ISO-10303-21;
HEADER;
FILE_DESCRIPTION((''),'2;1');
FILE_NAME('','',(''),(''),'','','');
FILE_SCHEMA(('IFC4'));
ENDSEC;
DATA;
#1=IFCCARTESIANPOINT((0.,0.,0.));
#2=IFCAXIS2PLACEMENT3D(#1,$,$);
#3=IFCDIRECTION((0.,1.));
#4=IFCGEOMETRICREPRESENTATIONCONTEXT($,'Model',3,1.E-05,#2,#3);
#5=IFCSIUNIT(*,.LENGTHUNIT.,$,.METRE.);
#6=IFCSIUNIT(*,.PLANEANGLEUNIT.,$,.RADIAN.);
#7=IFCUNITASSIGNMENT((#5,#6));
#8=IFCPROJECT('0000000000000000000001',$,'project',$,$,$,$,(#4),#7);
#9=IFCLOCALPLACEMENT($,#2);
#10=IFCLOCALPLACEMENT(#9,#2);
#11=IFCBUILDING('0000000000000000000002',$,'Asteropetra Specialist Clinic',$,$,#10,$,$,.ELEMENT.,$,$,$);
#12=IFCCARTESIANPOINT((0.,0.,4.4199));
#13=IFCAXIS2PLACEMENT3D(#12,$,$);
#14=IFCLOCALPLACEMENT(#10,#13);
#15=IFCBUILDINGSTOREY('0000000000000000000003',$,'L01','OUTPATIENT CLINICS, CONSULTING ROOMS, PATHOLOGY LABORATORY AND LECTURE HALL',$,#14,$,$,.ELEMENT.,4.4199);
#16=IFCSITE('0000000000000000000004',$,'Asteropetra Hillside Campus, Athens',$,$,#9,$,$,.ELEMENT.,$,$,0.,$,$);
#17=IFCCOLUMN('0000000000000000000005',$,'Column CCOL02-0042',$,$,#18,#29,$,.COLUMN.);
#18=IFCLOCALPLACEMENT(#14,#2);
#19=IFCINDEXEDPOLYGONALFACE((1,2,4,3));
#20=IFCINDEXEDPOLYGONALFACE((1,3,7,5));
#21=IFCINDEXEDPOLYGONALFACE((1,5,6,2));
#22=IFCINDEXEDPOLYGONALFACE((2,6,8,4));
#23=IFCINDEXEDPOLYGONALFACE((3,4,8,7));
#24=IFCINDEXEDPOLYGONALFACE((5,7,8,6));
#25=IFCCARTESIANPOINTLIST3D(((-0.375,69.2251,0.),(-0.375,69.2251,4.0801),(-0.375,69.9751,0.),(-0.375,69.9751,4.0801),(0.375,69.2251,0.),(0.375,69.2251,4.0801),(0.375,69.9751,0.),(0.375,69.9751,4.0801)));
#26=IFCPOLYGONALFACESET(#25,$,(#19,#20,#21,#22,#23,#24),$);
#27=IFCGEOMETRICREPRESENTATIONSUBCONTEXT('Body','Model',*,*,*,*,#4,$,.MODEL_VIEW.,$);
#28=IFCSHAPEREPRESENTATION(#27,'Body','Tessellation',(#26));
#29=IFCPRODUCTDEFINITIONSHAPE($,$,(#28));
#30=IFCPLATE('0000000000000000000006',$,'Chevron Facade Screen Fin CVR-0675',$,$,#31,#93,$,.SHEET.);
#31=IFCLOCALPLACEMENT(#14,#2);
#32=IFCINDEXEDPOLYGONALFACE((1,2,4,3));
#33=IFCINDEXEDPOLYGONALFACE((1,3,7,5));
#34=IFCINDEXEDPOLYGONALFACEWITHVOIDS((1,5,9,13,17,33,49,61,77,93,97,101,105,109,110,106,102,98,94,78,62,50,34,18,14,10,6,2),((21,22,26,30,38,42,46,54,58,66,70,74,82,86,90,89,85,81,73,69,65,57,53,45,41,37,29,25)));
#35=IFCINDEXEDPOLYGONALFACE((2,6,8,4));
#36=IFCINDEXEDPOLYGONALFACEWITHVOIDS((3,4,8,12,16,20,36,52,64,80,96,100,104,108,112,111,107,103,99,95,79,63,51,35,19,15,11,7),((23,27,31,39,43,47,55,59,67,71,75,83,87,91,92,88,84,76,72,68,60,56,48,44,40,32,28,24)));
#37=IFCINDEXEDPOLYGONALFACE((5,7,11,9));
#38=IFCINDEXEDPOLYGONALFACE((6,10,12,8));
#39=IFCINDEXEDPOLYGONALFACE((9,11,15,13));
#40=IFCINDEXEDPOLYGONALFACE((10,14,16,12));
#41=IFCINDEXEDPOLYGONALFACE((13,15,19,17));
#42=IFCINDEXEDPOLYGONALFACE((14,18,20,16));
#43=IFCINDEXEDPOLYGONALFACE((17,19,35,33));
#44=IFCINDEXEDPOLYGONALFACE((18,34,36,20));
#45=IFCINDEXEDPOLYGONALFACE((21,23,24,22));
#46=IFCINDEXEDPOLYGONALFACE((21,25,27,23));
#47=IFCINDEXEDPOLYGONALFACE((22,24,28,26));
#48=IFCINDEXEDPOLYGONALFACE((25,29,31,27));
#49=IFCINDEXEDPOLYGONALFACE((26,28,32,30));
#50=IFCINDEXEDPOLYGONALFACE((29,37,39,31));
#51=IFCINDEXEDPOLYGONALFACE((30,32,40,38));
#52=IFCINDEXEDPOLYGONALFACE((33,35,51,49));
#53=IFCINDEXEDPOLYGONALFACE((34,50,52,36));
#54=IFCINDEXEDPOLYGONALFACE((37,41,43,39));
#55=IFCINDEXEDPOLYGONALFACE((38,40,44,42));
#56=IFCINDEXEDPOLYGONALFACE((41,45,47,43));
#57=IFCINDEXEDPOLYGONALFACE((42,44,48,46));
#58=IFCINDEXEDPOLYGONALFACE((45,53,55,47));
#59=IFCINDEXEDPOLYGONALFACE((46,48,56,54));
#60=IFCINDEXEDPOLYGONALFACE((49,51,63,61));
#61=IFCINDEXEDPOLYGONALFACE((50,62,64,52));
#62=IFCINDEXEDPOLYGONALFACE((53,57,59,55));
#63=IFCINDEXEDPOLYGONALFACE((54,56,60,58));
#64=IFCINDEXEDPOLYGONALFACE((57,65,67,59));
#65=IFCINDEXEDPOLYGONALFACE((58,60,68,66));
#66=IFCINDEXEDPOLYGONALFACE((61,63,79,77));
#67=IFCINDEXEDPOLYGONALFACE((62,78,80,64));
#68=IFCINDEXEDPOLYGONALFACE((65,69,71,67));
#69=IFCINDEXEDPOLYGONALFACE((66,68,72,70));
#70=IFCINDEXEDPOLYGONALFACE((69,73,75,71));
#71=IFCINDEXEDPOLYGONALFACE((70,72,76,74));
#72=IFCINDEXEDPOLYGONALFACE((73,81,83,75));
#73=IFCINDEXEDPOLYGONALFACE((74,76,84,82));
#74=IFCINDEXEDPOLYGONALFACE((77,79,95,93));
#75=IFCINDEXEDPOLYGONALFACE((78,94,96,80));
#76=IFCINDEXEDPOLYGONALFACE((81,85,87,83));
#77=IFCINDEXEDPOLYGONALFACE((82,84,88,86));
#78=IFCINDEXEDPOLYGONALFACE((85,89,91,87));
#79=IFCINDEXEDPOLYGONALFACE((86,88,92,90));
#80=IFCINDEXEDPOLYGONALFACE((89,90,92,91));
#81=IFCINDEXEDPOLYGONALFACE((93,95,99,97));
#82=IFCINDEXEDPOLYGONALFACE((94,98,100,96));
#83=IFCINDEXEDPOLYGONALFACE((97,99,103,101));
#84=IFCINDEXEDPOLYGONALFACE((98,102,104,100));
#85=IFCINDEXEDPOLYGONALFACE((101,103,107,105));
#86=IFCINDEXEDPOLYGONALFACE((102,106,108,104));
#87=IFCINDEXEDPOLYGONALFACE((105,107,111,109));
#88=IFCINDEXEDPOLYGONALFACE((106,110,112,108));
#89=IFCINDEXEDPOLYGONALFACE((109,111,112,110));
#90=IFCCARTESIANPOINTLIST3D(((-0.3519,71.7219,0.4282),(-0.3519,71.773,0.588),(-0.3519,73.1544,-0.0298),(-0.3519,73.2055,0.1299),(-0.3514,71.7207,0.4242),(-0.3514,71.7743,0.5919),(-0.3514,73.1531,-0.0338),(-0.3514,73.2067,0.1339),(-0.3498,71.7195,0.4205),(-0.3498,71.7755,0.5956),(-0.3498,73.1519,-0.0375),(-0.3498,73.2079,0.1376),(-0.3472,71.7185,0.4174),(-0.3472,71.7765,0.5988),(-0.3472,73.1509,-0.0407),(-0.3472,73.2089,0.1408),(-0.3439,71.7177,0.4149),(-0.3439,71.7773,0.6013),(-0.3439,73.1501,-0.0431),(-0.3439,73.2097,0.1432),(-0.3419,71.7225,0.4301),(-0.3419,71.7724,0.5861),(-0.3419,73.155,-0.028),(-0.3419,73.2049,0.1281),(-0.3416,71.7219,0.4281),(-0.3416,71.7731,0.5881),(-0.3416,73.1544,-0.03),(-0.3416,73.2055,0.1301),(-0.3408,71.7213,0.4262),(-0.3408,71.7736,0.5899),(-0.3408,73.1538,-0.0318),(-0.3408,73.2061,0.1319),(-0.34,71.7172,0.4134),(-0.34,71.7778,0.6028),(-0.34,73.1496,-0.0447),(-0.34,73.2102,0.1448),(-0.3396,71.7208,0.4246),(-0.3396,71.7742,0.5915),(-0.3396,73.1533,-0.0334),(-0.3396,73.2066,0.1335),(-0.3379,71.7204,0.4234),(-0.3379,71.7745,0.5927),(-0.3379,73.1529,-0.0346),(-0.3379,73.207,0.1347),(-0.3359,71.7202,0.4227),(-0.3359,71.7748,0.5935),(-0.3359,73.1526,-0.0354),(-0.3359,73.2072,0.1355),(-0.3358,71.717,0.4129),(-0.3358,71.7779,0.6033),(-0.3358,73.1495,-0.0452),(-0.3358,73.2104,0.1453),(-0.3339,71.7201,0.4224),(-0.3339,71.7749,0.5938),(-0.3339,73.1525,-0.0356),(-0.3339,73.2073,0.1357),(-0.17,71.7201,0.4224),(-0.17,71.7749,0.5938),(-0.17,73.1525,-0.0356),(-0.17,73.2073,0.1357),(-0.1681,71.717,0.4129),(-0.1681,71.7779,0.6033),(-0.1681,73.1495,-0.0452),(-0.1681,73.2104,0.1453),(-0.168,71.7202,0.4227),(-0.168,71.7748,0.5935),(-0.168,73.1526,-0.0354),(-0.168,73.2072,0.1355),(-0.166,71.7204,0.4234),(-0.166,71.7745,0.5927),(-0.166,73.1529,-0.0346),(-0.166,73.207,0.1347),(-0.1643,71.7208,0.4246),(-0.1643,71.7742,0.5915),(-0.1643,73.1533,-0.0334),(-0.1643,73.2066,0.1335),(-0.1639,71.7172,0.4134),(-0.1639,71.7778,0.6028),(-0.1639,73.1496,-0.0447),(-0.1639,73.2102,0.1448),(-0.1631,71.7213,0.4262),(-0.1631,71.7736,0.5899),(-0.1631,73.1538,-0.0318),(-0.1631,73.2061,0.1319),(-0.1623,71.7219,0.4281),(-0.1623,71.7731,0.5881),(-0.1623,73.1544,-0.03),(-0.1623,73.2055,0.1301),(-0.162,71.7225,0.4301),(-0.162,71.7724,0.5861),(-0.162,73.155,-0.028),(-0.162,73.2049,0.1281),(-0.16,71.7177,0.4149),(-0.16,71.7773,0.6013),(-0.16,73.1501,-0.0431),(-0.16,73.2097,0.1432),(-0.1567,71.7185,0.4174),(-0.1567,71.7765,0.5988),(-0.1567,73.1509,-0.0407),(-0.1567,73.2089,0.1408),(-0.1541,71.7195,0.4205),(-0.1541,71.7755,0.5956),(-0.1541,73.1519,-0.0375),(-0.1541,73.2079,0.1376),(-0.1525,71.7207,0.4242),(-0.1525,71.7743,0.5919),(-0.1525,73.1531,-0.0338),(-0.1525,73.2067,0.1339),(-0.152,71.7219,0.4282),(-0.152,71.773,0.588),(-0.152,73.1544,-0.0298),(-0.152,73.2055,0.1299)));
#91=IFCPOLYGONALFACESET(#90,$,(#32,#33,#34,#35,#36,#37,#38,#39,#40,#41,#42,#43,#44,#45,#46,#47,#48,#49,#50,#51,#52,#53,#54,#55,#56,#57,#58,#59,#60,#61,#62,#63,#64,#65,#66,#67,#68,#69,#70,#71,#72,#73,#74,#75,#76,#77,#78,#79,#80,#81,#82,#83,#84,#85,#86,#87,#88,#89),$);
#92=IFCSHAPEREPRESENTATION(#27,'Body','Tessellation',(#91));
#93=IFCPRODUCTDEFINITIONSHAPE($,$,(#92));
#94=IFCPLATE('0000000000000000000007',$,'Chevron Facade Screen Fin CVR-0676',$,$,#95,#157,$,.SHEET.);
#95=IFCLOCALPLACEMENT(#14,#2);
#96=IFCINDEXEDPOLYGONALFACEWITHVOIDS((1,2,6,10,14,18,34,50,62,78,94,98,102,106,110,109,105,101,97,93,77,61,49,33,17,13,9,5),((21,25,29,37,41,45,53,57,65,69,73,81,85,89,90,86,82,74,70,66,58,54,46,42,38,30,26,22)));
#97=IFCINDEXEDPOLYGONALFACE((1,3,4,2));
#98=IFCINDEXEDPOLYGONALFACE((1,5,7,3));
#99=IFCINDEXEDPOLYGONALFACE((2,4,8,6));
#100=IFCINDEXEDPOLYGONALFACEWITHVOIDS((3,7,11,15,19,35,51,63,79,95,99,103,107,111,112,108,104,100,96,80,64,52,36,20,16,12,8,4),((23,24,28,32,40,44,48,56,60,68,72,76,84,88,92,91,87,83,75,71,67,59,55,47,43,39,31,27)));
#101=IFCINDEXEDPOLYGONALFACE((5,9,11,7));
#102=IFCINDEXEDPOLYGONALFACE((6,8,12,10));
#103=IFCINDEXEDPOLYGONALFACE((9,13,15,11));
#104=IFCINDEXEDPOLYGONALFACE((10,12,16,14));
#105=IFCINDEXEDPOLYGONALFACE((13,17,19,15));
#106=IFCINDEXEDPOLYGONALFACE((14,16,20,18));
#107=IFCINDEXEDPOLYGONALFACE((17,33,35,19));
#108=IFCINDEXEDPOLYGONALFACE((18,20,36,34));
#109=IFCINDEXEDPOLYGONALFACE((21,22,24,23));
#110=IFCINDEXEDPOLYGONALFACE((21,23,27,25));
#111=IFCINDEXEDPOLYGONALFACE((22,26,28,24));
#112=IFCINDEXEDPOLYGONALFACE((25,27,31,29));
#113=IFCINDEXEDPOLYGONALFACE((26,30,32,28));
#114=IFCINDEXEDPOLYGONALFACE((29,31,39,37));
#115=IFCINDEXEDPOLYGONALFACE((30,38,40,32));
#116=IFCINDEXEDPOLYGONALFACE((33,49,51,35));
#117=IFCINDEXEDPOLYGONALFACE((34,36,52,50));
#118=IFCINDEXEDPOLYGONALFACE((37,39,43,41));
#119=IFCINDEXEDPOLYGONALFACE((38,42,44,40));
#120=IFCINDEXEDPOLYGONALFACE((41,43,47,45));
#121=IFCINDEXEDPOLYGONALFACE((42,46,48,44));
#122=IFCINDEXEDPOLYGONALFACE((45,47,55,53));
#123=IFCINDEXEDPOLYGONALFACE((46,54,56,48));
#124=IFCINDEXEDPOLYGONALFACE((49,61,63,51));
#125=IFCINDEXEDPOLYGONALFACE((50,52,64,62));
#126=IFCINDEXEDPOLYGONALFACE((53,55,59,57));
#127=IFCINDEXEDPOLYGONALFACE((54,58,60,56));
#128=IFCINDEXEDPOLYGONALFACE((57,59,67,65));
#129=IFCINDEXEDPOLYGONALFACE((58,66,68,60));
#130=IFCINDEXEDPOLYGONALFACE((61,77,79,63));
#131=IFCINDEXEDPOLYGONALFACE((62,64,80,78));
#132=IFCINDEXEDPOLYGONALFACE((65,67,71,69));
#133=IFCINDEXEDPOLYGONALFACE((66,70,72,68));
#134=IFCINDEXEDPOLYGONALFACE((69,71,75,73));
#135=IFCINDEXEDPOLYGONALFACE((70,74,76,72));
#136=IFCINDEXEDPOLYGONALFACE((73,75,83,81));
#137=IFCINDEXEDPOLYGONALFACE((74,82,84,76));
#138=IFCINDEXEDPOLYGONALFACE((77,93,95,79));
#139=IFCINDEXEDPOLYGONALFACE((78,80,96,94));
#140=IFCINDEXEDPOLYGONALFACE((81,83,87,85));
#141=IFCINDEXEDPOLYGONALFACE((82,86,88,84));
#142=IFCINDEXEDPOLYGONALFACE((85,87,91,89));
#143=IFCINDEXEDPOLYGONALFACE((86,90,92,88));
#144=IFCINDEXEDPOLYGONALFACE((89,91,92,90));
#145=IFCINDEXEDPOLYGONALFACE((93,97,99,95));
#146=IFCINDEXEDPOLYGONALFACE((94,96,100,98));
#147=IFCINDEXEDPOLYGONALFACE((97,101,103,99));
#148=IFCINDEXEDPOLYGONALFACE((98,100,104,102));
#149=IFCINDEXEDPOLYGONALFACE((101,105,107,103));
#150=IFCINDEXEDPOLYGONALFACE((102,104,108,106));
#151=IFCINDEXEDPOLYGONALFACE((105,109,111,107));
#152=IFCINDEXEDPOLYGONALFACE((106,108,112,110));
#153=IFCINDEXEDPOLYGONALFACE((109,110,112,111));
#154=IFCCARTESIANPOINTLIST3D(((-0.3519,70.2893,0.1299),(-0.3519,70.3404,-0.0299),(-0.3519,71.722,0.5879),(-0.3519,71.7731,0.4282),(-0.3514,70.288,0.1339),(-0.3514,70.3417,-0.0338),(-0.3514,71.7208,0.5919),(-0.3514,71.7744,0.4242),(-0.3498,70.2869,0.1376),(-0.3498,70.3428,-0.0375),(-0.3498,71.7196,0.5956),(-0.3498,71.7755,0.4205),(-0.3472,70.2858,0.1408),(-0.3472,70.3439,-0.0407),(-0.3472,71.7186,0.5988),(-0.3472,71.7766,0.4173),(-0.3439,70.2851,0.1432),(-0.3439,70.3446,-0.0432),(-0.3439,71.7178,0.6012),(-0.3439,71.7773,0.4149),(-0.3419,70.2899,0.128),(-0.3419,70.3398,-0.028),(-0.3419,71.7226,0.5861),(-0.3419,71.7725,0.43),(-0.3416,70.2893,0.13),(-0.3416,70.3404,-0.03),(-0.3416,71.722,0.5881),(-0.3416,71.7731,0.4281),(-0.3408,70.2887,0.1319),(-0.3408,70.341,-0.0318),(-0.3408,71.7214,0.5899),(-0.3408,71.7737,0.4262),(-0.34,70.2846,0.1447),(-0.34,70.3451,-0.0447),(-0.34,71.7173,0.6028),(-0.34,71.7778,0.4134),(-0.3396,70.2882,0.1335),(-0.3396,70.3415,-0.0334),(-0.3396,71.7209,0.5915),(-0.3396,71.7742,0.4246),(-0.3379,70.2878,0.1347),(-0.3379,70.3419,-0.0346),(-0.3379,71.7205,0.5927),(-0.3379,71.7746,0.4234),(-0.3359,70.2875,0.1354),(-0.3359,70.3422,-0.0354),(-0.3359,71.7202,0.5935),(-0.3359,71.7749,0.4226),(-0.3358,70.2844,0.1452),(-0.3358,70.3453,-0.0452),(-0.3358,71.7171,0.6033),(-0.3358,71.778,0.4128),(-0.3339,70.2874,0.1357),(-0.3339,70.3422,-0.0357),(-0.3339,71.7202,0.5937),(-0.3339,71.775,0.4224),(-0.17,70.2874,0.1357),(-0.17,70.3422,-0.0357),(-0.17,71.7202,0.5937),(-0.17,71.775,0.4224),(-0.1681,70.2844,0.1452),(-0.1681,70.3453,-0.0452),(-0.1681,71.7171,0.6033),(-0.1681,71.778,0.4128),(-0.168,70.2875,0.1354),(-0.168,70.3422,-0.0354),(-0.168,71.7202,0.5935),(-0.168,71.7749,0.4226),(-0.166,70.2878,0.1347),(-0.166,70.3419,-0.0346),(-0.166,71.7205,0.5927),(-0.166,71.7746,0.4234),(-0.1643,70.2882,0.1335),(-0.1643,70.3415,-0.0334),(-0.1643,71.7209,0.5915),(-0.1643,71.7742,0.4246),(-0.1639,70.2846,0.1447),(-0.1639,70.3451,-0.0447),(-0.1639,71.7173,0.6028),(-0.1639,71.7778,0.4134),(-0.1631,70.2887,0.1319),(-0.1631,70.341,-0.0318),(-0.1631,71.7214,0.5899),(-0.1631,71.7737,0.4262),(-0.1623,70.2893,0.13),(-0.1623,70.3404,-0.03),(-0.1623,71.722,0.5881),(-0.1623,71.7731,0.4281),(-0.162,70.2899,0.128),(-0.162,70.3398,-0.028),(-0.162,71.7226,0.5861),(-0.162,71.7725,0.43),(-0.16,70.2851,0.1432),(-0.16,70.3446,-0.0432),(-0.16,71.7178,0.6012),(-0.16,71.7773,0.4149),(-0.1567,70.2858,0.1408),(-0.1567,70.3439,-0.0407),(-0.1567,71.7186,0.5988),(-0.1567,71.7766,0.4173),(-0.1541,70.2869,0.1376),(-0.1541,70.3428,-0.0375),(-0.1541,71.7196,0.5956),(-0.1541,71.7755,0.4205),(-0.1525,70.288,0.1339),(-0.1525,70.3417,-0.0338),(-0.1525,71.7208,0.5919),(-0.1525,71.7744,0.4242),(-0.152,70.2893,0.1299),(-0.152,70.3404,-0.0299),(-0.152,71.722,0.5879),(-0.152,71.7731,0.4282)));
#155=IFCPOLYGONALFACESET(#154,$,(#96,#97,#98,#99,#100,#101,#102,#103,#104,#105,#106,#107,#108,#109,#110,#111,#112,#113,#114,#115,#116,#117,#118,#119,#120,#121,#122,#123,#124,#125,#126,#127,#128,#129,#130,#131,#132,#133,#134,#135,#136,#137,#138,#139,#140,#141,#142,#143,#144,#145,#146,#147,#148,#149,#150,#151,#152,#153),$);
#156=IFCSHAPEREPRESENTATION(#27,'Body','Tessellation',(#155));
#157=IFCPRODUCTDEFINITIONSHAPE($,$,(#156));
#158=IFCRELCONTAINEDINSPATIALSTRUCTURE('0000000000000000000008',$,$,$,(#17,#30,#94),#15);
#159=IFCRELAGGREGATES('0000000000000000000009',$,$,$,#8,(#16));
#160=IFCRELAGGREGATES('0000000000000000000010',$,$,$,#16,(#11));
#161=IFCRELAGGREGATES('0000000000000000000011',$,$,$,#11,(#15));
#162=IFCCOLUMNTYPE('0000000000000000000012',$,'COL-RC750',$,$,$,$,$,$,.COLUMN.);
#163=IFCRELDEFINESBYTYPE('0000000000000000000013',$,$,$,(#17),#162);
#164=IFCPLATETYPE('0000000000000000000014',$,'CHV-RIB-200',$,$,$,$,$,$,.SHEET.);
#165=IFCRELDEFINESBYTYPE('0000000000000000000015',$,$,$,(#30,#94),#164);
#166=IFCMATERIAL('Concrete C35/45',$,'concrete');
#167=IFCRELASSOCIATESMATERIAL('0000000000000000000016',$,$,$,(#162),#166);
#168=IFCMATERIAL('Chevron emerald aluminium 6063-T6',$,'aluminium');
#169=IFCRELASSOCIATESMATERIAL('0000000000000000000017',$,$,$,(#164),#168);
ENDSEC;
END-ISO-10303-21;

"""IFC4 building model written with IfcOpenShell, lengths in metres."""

from ifc_helpers import new_model, si_unit, direction, frame, origin, origin_2d, place, context, subcontext, project, spatial, rectangle, hollow_rectangle, extrude, material, material_profile, profile_set, type_object, element, save


model = new_model("IFC4")

# Units and contexts
model_context = context("Model", 3, precision=1e-05, world=origin(), true_north=direction((0.0, 1.0)))
body_context = subcontext(model_context, "Body", "Model", "MODEL_VIEW")
ifc_project = project(units=[si_unit("LENGTHUNIT", "METRE"), si_unit("PLANEANGLEUNIT", "RADIAN")], contexts=[model_context])

# Site, building, storey
site_placement = place(None, origin())
site = spatial("IfcSite", under=ifc_project, at=site_placement, Name="Asteropetra Hillside Campus, Athens", CompositionType="ELEMENT", RefElevation=0.0)
building_placement = place(site_placement, origin())
building = spatial("IfcBuilding", under=site, at=building_placement, Name="Asteropetra Specialist Clinic", CompositionType="ELEMENT")
storey_placement = place(building_placement, frame((0.0, 0.0, 4.4199)))
storey = spatial("IfcBuildingStorey", under=building, at=storey_placement, Name="L01", Description="OUTPATIENT CLINICS, CONSULTING ROOMS, PATHOLOGY LABORATORY AND LECTURE HALL", CompositionType="ELEMENT", Elevation=4.4199)

# Column
ifc_material_1 = material(Name="Concrete C35/45", Category="concrete")
ifc_material_profile_1 = material_profile(ifc_material_1, rectangle(XDim=0.75, YDim=0.75, at=origin_2d()), Name="RC 750x750")
ifc_profile_set_1 = profile_set([ifc_material_profile_1], Name="Concrete C35/45")
column_type = type_object("IfcColumnType", Name="COL-RC750", PredefinedType="COLUMN", material=ifc_profile_set_1)
column_placement = place(storey_placement, frame((0.0, 69.6001, 0.0), z_axis=(0.0, 0.0, 1.0), x_axis=(1.0, 0.0, 0.0)))
element("IfcColumn", 1, at=column_placement, inside=storey, type_object=column_type, Name="Column CCOL02-0042", PredefinedType="COLUMN", context=body_context, shape_type="SweptSolid", body=[
    extrude(rectangle(XDim=0.75, YDim=0.75, at=origin_2d()), origin(), (0.0, 0.0, 1.0), 4.0801),
])

# Plates
ifc_material_2 = material(Name="Chevron emerald aluminium 6063-T6", Category="aluminium")
ifc_material_profile_2 = material_profile(ifc_material_2, hollow_rectangle(XDim=0.2, YDim=0.2, WallThickness=0.01, InnerFilletRadius=0.0081, OuterFilletRadius=0.0161, at=origin_2d()), Name="SHS 200x200x10.0")
ifc_profile_set_2 = profile_set([ifc_material_profile_2], Name="Chevron emerald aluminium 6063-T6")
plate_type_1 = type_object("IfcPlateType", Name="CHV-RIB-200", PredefinedType="SHEET", material=ifc_profile_set_2)
plate_1_placement = place(storey_placement, frame((-0.252, 73.1799, 0.05), z_axis=(0.0, -0.952492, 0.304564), x_axis=(1.0, 0.0, 0.0)))
element("IfcPlate", 2, at=plate_1_placement, inside=storey, type_object=plate_type_1, Name="Chevron Facade Screen Fin CVR-0675", PredefinedType="SHEET", context=body_context, shape_type="SweptSolid", body=[
    extrude(hollow_rectangle(XDim=0.2, YDim=0.2, WallThickness=0.01, InnerFilletRadius=0.0081, OuterFilletRadius=0.0161, at=origin_2d()), origin(), (0.0, 0.0, 1.0), 1.5039),
])
plate_2_placement = place(storey_placement, frame((-0.252, 71.7476, 0.5081), z_axis=(0.0, -0.952507, -0.304517), x_axis=(1.0, 0.0, 0.0)))
element("IfcPlate", 3, at=plate_2_placement, inside=storey, type_object=plate_type_1, Name="Chevron Facade Screen Fin CVR-0676", PredefinedType="SHEET", context=body_context, shape_type="SweptSolid", body=[
    extrude(hollow_rectangle(XDim=0.2, YDim=0.2, WallThickness=0.01, InnerFilletRadius=0.0081, OuterFilletRadius=0.0161, at=origin_2d()), origin(), (0.0, 0.0, 1.0), 1.5042),
])

save(model, "model.ifc")
